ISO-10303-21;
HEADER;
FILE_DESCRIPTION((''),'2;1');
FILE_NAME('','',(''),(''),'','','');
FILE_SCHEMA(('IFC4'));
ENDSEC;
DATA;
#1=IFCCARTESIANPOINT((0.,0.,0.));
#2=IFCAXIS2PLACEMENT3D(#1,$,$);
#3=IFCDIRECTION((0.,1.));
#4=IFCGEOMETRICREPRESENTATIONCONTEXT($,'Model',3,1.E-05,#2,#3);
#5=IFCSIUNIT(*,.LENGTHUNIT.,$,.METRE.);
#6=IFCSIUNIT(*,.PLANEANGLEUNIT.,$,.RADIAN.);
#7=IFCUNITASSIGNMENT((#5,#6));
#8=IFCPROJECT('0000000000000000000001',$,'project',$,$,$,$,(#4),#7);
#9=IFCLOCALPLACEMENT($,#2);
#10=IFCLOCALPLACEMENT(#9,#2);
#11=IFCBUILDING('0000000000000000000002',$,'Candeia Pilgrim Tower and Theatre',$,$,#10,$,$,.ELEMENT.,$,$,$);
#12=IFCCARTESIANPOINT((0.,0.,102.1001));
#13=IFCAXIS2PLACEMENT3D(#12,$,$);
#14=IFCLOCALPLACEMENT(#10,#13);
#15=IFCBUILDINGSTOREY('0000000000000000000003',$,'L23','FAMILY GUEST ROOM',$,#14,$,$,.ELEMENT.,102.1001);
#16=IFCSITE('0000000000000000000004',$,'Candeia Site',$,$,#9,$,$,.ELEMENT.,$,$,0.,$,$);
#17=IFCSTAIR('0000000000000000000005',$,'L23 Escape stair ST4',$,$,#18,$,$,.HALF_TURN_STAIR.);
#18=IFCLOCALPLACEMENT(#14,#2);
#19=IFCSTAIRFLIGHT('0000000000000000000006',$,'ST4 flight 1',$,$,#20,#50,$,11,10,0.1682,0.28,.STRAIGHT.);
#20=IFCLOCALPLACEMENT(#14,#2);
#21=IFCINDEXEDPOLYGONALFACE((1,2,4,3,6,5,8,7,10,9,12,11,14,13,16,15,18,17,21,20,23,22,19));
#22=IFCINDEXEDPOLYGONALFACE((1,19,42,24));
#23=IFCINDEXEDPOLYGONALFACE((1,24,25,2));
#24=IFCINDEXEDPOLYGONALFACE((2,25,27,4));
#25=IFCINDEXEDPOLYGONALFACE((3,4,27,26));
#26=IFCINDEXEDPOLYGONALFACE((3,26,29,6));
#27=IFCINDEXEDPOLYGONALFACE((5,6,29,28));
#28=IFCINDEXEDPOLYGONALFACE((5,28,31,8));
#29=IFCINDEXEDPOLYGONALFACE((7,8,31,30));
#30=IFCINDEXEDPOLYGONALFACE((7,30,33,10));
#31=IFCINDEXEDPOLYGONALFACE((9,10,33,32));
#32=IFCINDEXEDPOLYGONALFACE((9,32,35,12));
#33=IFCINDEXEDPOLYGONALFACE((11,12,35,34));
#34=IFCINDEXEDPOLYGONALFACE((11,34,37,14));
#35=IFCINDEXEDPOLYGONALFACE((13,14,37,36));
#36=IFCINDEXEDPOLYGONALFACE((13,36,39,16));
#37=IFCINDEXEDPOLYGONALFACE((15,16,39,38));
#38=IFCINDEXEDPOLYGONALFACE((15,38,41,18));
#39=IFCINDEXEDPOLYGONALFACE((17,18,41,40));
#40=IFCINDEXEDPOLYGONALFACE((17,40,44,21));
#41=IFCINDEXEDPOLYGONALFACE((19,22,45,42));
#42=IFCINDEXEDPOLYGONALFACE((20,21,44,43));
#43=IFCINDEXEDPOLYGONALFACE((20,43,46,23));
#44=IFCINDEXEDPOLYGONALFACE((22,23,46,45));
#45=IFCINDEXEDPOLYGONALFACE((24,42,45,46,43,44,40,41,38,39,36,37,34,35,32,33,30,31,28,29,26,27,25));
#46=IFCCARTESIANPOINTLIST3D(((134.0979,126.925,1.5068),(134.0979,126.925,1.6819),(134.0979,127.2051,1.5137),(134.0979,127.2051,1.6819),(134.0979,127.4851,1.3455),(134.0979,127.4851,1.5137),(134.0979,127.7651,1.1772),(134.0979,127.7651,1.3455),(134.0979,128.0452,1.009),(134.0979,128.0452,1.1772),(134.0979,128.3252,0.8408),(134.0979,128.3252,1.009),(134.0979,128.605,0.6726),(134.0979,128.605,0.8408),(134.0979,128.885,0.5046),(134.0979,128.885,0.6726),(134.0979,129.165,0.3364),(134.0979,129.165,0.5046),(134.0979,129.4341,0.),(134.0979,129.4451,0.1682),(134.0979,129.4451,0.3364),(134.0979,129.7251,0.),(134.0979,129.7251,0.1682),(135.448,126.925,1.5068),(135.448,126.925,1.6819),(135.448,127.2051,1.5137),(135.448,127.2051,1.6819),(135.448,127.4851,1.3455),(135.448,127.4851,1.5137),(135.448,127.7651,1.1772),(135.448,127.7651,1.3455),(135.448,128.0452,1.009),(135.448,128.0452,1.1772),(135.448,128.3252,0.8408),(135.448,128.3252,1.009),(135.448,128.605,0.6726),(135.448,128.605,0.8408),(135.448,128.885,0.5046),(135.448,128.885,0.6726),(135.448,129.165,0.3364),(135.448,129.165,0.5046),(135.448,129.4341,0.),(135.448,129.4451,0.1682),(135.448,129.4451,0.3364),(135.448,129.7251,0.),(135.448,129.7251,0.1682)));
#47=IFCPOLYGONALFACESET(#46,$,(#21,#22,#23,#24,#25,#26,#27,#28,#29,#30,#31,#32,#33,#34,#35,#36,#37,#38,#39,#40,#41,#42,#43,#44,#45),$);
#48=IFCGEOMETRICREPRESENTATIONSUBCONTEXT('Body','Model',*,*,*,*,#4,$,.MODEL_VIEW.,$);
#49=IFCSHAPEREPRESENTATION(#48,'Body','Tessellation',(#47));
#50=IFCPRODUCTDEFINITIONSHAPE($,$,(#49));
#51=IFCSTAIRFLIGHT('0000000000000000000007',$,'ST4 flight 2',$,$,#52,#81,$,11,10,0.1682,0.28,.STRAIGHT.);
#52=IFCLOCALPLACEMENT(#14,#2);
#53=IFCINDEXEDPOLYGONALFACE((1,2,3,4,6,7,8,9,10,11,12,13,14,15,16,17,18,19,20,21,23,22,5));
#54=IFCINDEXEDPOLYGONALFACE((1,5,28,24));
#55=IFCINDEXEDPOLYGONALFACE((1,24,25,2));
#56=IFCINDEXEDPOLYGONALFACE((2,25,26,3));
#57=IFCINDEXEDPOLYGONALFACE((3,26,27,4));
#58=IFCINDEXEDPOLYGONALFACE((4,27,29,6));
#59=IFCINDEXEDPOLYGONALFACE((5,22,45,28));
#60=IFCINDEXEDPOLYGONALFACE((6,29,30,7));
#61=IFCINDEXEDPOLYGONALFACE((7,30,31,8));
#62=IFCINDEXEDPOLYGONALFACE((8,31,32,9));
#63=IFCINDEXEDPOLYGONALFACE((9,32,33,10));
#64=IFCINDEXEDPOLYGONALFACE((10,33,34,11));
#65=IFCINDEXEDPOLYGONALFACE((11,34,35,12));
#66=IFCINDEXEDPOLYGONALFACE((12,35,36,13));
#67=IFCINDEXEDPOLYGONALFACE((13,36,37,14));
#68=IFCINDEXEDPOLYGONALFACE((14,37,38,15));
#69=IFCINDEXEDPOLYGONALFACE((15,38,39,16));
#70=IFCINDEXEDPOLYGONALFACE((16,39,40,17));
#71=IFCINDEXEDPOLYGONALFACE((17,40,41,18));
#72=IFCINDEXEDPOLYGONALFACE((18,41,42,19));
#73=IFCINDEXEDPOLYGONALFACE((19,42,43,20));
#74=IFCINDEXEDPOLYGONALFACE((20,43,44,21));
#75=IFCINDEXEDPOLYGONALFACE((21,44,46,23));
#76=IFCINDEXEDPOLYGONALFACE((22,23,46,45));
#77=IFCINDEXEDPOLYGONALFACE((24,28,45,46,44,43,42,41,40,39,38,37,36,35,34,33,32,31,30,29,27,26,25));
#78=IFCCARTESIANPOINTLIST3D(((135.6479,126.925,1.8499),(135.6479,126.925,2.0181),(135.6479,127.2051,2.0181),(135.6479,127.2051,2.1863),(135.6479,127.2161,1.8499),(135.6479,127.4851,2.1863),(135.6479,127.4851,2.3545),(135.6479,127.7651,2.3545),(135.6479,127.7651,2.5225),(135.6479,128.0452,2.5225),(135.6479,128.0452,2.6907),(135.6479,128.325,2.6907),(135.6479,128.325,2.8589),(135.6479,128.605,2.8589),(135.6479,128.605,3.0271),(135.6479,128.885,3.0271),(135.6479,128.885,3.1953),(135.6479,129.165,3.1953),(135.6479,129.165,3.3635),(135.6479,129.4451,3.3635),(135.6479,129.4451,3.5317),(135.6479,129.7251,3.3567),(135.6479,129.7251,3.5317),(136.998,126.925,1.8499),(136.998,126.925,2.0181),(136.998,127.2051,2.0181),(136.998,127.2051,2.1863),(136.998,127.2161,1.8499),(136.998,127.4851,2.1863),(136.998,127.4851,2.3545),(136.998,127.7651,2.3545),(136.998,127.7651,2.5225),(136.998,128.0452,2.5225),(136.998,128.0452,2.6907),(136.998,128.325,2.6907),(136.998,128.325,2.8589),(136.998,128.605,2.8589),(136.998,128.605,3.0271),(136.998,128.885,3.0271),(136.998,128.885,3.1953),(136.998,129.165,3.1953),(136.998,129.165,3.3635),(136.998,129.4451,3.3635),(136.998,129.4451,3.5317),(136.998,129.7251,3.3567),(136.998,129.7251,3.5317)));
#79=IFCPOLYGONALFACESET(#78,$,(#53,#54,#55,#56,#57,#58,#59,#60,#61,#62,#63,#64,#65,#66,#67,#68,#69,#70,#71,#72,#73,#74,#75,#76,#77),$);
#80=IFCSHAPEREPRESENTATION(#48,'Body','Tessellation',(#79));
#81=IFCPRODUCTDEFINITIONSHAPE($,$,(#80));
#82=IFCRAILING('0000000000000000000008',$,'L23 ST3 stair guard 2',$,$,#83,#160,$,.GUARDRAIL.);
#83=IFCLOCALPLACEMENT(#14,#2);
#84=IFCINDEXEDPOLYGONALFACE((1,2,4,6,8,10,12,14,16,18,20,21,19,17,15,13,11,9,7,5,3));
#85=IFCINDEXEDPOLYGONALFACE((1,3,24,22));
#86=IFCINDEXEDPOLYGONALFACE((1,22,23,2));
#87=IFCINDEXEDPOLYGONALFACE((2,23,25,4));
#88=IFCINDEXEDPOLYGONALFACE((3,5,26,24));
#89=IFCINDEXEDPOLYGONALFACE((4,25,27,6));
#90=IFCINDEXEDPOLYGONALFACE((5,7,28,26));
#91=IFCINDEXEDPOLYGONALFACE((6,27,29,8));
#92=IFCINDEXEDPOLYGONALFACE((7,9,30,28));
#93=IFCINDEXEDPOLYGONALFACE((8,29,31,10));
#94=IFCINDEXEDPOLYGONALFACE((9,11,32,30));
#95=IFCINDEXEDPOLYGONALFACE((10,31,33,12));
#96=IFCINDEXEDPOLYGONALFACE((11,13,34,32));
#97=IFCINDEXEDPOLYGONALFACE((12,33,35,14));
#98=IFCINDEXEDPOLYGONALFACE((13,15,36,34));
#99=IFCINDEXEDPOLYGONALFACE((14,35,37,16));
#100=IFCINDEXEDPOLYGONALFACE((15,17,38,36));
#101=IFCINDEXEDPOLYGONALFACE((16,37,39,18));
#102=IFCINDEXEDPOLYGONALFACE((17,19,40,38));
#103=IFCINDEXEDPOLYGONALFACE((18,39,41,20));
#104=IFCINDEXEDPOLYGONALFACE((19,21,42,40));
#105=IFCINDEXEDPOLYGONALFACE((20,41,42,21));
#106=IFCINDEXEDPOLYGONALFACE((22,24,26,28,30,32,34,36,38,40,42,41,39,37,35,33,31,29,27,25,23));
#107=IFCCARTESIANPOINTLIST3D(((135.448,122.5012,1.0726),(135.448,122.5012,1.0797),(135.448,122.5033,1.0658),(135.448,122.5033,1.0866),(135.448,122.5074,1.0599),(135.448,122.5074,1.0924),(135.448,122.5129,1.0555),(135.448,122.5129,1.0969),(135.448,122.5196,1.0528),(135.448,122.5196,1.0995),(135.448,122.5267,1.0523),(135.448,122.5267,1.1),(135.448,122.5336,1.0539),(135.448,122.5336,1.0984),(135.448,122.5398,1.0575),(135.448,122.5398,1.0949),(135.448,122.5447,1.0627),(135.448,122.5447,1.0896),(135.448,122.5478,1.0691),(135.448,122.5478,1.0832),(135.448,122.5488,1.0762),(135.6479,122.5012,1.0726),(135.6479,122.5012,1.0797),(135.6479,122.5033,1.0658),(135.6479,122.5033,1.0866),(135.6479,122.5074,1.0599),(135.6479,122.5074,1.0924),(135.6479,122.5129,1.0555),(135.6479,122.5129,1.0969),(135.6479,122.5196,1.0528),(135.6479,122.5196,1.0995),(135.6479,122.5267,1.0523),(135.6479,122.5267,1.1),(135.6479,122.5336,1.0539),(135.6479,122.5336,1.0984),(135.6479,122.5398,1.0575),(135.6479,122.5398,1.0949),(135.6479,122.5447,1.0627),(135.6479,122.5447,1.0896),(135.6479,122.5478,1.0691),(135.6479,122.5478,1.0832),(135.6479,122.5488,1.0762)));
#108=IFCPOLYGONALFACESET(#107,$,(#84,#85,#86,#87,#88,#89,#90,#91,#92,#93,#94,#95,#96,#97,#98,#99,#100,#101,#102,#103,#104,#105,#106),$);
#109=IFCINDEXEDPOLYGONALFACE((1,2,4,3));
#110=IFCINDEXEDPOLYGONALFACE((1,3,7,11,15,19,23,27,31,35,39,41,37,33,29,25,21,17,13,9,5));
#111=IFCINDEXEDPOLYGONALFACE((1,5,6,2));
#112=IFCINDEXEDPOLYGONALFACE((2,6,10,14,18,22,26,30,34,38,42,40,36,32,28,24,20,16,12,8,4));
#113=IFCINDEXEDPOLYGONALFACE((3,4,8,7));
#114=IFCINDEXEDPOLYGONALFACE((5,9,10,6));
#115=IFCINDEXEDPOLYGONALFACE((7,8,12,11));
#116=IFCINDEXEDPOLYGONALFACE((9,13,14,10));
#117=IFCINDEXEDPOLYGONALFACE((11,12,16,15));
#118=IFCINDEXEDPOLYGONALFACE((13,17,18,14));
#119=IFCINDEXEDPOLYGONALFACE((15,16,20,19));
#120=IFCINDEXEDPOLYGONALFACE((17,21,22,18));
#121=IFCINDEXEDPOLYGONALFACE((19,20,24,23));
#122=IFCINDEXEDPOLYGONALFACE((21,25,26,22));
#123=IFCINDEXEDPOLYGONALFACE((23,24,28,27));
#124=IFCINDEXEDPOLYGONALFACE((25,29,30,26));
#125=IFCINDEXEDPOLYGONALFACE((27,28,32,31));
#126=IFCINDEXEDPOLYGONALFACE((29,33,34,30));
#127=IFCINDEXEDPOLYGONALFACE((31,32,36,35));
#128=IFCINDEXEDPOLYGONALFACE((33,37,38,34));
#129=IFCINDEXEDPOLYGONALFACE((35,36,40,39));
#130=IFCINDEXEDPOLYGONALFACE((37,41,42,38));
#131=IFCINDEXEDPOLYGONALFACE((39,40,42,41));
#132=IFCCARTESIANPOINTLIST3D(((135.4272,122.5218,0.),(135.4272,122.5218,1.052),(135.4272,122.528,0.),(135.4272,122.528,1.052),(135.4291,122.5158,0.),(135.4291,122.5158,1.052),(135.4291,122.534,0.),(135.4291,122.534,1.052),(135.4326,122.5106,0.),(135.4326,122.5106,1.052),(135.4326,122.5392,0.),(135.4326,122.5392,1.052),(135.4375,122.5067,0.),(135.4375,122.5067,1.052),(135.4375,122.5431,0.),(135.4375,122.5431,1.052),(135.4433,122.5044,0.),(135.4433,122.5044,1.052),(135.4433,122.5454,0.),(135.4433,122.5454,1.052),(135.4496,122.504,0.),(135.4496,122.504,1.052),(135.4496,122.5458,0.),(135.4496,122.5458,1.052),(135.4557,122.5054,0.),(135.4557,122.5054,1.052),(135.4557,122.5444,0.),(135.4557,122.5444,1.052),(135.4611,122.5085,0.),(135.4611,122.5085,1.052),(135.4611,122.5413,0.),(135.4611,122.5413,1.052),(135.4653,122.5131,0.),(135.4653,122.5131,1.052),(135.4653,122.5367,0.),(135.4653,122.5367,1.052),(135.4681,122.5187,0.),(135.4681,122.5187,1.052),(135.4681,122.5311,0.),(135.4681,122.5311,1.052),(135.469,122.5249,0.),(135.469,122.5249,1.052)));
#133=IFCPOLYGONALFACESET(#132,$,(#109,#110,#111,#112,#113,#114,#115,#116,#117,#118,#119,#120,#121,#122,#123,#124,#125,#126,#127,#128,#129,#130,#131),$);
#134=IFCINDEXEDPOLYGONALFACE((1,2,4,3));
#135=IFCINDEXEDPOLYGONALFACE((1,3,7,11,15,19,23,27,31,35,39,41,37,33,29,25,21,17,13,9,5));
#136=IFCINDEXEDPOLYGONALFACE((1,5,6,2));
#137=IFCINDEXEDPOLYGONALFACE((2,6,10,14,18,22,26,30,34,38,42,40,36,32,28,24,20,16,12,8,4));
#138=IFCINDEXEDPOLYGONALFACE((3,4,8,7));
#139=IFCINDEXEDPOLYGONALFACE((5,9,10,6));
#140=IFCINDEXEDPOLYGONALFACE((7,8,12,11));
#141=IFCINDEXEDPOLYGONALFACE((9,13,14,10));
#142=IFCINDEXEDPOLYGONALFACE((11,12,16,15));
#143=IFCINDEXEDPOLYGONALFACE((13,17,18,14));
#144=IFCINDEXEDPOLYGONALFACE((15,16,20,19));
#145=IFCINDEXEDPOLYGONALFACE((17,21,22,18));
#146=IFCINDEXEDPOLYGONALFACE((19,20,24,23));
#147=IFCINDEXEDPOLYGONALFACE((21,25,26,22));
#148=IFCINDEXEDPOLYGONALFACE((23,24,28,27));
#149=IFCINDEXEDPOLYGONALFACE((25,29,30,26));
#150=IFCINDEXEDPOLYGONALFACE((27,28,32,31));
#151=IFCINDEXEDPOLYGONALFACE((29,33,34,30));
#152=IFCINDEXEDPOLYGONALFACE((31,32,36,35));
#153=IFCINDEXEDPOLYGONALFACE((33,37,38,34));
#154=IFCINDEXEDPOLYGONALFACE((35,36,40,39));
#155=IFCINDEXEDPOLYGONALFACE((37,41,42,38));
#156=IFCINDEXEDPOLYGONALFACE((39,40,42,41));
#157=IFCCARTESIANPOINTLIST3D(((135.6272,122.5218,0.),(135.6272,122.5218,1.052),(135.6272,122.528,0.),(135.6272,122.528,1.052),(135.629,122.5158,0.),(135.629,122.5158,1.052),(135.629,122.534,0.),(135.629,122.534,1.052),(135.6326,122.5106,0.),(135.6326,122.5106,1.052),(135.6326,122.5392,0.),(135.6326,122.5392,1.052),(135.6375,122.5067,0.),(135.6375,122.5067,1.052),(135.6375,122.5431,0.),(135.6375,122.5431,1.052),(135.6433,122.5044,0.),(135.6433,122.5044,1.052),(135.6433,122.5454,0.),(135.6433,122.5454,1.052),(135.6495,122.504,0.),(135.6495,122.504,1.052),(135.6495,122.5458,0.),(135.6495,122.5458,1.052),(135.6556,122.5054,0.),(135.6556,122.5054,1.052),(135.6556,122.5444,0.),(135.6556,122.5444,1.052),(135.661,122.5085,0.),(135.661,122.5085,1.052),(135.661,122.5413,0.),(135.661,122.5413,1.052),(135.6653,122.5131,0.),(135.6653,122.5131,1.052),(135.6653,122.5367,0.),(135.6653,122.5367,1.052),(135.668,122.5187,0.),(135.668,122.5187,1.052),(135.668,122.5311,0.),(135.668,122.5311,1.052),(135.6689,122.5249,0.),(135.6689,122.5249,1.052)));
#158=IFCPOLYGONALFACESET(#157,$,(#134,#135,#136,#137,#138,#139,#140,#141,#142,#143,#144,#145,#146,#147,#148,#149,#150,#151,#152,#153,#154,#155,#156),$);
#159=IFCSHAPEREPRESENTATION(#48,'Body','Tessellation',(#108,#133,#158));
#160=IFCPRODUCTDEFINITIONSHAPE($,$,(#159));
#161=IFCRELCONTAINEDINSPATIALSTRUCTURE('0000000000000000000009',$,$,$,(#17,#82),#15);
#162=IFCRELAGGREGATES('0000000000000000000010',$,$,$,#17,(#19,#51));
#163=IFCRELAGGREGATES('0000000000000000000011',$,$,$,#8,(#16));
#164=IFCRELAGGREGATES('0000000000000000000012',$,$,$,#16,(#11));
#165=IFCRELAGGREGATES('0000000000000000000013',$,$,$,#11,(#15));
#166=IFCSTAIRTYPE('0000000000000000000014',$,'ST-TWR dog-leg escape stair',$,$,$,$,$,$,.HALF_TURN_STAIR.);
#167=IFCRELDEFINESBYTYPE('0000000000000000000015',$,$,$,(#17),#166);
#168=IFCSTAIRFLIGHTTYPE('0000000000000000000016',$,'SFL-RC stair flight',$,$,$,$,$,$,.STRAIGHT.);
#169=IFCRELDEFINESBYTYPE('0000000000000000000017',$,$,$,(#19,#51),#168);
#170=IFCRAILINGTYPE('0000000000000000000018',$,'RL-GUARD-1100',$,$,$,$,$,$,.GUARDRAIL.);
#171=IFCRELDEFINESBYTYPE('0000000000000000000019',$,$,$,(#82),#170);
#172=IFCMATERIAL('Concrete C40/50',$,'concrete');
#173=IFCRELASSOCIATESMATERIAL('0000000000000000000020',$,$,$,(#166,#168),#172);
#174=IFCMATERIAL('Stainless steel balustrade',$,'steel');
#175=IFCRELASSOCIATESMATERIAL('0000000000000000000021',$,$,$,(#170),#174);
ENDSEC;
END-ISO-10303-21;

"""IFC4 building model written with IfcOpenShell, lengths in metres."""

from ifc_helpers import new_model, si_unit, direction, frame, origin, origin_2d, place, context, subcontext, project, spatial, polyline, circle, outline, extrude, material, type_object, element, aggregate, save


model = new_model("IFC4")

# Units and contexts
model_context = context("Model", 3, precision=1e-05, world=origin(), true_north=direction((0.0, 1.0)))
body_context = subcontext(model_context, "Body", "Model", "MODEL_VIEW")
ifc_project = project(units=[si_unit("LENGTHUNIT", "METRE"), si_unit("PLANEANGLEUNIT", "RADIAN")], contexts=[model_context])

# Site, building, storey
site_placement = place(None, origin())
site = spatial("IfcSite", under=ifc_project, at=site_placement, Name="Candeia Site", CompositionType="ELEMENT", RefElevation=0.0)
building_placement = place(site_placement, origin())
building = spatial("IfcBuilding", under=site, at=building_placement, Name="Candeia Pilgrim Tower and Theatre", CompositionType="ELEMENT")
storey_placement = place(building_placement, frame((0.0, 0.0, 102.1001)))
storey = spatial("IfcBuildingStorey", under=building, at=storey_placement, Name="L23", Description="FAMILY GUEST ROOM", CompositionType="ELEMENT", Elevation=102.1001)

# Shared definitions
ifc_material_1 = material(Name="Concrete C40/50", Category="concrete")

# Stair, stair flights
stair_type = type_object("IfcStairType", Name="ST-TWR dog-leg escape stair", PredefinedType="HALF_TURN_STAIR", material=ifc_material_1)
stair_flight_type = type_object("IfcStairFlightType", Name="SFL-RC stair flight", PredefinedType="STRAIGHT", material=ifc_material_1)
stair_1_placement = place(storey_placement, origin())
stair_1 = element("IfcStair", 1, at=stair_1_placement, inside=storey, type_object=stair_type, Name="L23 Escape stair ST4", PredefinedType="HALF_TURN_STAIR")
stair_flight_1_placement = place(storey_placement, frame((134.7729, 129.7251, 0.0), z_axis=(0.0, 0.0, 1.0), x_axis=(0.0, -1.0, 0.0)))
stair_flight_1 = element("IfcStairFlight", 2, at=stair_flight_1_placement, type_object=stair_flight_type, Name="ST4 flight 1", NumberOfRisers=11, NumberOfTreads=10, PredefinedType="STRAIGHT", RiserHeight=0.1682, TreadLength=0.28, context=body_context, shape_type="SweptSolid", body=[
    extrude(outline(polyline([(0.0, 0.0), (0.0, 0.1682), (0.28, 0.1682), (0.28, 0.3364), (0.5601, 0.3364), (0.5601, 0.5046), (0.8401, 0.5046), (0.8401, 0.6726), (1.1201, 0.6726), (1.1201, 0.8408), (1.3999, 0.8408), (1.3999, 1.009), (1.6799, 1.009), (1.6799, 1.1772), (1.96, 1.1772), (1.96, 1.3455), (2.24, 1.3455), (2.24, 1.5137), (2.52, 1.5137), (2.52, 1.6819), (2.8, 1.6819), (2.8, 1.8501), (2.8, 1.5068), (0.291, 0.0), (0.0, 0.0)])), frame((0.0, 0.675, 0.0), z_axis=(0.0, -1.0, 0.0), x_axis=(1.0, 0.0, 0.0)), (0.0, 0.0, 1.0), 1.3501),
])
stair_flight_2_placement = place(storey_placement, frame((136.323, 126.925, 1.8499), z_axis=(0.0, 0.0, 1.0), x_axis=(0.0, 1.0, 0.0)))
stair_flight_2 = element("IfcStairFlight", 3, at=stair_flight_2_placement, type_object=stair_flight_type, Name="ST4 flight 2", NumberOfRisers=11, NumberOfTreads=10, PredefinedType="STRAIGHT", RiserHeight=0.1682, TreadLength=0.28, context=body_context, shape_type="SweptSolid", body=[
    extrude(outline(polyline([(0.0, 0.0), (0.0, 0.1682), (0.28, 0.1682), (0.28, 0.3364), (0.5601, 0.3364), (0.5601, 0.5046), (0.8401, 0.5046), (0.8401, 0.6726), (1.1201, 0.6726), (1.1201, 0.8408), (1.3999, 0.8408), (1.3999, 1.009), (1.6799, 1.009), (1.6799, 1.1772), (1.96, 1.1772), (1.96, 1.3455), (2.24, 1.3455), (2.24, 1.5137), (2.52, 1.5137), (2.52, 1.6819), (2.8, 1.6819), (2.8, 1.8501), (2.8, 1.5068), (0.291, 0.0), (0.0, 0.0)])), frame((0.0, 0.675, 0.0), z_axis=(0.0, -1.0, 0.0), x_axis=(1.0, 0.0, 0.0)), (0.0, 0.0, 1.0), 1.3501),
])
aggregate(stair_1, [stair_flight_1, stair_flight_2])

# Railing
ifc_material_2 = material(Name="Stainless steel balustrade", Category="steel")
railing_type_1 = type_object("IfcRailingType", Name="RL-GUARD-1100", PredefinedType="GUARDRAIL", material=ifc_material_2)
railing_1_placement = place(storey_placement, frame((135.448, 122.5249, 0.0)))
element("IfcRailing", 4, at=railing_1_placement, inside=storey, type_object=railing_type_1, Name="L23 ST3 stair guard 2", PredefinedType="GUARDRAIL", context=body_context, shape_type="SweptSolid", body=[
    extrude(circle(Radius=0.0239, at=origin_2d()), frame((0.0, 0.0, 1.0762), z_axis=(1.0, 0.0, 0.0), x_axis=(0.0, 1.0, 0.0)), (0.0, 0.0, 1.0), 0.2),
    extrude(circle(Radius=0.021, at=origin_2d()), origin(), (0.0, 0.0, 1.0), 1.052),
    extrude(circle(Radius=0.021, at=origin_2d()), frame((0.2, 0.0, 0.0)), (0.0, 0.0, 1.0), 1.052),
])

save(model, "model.ifc")
